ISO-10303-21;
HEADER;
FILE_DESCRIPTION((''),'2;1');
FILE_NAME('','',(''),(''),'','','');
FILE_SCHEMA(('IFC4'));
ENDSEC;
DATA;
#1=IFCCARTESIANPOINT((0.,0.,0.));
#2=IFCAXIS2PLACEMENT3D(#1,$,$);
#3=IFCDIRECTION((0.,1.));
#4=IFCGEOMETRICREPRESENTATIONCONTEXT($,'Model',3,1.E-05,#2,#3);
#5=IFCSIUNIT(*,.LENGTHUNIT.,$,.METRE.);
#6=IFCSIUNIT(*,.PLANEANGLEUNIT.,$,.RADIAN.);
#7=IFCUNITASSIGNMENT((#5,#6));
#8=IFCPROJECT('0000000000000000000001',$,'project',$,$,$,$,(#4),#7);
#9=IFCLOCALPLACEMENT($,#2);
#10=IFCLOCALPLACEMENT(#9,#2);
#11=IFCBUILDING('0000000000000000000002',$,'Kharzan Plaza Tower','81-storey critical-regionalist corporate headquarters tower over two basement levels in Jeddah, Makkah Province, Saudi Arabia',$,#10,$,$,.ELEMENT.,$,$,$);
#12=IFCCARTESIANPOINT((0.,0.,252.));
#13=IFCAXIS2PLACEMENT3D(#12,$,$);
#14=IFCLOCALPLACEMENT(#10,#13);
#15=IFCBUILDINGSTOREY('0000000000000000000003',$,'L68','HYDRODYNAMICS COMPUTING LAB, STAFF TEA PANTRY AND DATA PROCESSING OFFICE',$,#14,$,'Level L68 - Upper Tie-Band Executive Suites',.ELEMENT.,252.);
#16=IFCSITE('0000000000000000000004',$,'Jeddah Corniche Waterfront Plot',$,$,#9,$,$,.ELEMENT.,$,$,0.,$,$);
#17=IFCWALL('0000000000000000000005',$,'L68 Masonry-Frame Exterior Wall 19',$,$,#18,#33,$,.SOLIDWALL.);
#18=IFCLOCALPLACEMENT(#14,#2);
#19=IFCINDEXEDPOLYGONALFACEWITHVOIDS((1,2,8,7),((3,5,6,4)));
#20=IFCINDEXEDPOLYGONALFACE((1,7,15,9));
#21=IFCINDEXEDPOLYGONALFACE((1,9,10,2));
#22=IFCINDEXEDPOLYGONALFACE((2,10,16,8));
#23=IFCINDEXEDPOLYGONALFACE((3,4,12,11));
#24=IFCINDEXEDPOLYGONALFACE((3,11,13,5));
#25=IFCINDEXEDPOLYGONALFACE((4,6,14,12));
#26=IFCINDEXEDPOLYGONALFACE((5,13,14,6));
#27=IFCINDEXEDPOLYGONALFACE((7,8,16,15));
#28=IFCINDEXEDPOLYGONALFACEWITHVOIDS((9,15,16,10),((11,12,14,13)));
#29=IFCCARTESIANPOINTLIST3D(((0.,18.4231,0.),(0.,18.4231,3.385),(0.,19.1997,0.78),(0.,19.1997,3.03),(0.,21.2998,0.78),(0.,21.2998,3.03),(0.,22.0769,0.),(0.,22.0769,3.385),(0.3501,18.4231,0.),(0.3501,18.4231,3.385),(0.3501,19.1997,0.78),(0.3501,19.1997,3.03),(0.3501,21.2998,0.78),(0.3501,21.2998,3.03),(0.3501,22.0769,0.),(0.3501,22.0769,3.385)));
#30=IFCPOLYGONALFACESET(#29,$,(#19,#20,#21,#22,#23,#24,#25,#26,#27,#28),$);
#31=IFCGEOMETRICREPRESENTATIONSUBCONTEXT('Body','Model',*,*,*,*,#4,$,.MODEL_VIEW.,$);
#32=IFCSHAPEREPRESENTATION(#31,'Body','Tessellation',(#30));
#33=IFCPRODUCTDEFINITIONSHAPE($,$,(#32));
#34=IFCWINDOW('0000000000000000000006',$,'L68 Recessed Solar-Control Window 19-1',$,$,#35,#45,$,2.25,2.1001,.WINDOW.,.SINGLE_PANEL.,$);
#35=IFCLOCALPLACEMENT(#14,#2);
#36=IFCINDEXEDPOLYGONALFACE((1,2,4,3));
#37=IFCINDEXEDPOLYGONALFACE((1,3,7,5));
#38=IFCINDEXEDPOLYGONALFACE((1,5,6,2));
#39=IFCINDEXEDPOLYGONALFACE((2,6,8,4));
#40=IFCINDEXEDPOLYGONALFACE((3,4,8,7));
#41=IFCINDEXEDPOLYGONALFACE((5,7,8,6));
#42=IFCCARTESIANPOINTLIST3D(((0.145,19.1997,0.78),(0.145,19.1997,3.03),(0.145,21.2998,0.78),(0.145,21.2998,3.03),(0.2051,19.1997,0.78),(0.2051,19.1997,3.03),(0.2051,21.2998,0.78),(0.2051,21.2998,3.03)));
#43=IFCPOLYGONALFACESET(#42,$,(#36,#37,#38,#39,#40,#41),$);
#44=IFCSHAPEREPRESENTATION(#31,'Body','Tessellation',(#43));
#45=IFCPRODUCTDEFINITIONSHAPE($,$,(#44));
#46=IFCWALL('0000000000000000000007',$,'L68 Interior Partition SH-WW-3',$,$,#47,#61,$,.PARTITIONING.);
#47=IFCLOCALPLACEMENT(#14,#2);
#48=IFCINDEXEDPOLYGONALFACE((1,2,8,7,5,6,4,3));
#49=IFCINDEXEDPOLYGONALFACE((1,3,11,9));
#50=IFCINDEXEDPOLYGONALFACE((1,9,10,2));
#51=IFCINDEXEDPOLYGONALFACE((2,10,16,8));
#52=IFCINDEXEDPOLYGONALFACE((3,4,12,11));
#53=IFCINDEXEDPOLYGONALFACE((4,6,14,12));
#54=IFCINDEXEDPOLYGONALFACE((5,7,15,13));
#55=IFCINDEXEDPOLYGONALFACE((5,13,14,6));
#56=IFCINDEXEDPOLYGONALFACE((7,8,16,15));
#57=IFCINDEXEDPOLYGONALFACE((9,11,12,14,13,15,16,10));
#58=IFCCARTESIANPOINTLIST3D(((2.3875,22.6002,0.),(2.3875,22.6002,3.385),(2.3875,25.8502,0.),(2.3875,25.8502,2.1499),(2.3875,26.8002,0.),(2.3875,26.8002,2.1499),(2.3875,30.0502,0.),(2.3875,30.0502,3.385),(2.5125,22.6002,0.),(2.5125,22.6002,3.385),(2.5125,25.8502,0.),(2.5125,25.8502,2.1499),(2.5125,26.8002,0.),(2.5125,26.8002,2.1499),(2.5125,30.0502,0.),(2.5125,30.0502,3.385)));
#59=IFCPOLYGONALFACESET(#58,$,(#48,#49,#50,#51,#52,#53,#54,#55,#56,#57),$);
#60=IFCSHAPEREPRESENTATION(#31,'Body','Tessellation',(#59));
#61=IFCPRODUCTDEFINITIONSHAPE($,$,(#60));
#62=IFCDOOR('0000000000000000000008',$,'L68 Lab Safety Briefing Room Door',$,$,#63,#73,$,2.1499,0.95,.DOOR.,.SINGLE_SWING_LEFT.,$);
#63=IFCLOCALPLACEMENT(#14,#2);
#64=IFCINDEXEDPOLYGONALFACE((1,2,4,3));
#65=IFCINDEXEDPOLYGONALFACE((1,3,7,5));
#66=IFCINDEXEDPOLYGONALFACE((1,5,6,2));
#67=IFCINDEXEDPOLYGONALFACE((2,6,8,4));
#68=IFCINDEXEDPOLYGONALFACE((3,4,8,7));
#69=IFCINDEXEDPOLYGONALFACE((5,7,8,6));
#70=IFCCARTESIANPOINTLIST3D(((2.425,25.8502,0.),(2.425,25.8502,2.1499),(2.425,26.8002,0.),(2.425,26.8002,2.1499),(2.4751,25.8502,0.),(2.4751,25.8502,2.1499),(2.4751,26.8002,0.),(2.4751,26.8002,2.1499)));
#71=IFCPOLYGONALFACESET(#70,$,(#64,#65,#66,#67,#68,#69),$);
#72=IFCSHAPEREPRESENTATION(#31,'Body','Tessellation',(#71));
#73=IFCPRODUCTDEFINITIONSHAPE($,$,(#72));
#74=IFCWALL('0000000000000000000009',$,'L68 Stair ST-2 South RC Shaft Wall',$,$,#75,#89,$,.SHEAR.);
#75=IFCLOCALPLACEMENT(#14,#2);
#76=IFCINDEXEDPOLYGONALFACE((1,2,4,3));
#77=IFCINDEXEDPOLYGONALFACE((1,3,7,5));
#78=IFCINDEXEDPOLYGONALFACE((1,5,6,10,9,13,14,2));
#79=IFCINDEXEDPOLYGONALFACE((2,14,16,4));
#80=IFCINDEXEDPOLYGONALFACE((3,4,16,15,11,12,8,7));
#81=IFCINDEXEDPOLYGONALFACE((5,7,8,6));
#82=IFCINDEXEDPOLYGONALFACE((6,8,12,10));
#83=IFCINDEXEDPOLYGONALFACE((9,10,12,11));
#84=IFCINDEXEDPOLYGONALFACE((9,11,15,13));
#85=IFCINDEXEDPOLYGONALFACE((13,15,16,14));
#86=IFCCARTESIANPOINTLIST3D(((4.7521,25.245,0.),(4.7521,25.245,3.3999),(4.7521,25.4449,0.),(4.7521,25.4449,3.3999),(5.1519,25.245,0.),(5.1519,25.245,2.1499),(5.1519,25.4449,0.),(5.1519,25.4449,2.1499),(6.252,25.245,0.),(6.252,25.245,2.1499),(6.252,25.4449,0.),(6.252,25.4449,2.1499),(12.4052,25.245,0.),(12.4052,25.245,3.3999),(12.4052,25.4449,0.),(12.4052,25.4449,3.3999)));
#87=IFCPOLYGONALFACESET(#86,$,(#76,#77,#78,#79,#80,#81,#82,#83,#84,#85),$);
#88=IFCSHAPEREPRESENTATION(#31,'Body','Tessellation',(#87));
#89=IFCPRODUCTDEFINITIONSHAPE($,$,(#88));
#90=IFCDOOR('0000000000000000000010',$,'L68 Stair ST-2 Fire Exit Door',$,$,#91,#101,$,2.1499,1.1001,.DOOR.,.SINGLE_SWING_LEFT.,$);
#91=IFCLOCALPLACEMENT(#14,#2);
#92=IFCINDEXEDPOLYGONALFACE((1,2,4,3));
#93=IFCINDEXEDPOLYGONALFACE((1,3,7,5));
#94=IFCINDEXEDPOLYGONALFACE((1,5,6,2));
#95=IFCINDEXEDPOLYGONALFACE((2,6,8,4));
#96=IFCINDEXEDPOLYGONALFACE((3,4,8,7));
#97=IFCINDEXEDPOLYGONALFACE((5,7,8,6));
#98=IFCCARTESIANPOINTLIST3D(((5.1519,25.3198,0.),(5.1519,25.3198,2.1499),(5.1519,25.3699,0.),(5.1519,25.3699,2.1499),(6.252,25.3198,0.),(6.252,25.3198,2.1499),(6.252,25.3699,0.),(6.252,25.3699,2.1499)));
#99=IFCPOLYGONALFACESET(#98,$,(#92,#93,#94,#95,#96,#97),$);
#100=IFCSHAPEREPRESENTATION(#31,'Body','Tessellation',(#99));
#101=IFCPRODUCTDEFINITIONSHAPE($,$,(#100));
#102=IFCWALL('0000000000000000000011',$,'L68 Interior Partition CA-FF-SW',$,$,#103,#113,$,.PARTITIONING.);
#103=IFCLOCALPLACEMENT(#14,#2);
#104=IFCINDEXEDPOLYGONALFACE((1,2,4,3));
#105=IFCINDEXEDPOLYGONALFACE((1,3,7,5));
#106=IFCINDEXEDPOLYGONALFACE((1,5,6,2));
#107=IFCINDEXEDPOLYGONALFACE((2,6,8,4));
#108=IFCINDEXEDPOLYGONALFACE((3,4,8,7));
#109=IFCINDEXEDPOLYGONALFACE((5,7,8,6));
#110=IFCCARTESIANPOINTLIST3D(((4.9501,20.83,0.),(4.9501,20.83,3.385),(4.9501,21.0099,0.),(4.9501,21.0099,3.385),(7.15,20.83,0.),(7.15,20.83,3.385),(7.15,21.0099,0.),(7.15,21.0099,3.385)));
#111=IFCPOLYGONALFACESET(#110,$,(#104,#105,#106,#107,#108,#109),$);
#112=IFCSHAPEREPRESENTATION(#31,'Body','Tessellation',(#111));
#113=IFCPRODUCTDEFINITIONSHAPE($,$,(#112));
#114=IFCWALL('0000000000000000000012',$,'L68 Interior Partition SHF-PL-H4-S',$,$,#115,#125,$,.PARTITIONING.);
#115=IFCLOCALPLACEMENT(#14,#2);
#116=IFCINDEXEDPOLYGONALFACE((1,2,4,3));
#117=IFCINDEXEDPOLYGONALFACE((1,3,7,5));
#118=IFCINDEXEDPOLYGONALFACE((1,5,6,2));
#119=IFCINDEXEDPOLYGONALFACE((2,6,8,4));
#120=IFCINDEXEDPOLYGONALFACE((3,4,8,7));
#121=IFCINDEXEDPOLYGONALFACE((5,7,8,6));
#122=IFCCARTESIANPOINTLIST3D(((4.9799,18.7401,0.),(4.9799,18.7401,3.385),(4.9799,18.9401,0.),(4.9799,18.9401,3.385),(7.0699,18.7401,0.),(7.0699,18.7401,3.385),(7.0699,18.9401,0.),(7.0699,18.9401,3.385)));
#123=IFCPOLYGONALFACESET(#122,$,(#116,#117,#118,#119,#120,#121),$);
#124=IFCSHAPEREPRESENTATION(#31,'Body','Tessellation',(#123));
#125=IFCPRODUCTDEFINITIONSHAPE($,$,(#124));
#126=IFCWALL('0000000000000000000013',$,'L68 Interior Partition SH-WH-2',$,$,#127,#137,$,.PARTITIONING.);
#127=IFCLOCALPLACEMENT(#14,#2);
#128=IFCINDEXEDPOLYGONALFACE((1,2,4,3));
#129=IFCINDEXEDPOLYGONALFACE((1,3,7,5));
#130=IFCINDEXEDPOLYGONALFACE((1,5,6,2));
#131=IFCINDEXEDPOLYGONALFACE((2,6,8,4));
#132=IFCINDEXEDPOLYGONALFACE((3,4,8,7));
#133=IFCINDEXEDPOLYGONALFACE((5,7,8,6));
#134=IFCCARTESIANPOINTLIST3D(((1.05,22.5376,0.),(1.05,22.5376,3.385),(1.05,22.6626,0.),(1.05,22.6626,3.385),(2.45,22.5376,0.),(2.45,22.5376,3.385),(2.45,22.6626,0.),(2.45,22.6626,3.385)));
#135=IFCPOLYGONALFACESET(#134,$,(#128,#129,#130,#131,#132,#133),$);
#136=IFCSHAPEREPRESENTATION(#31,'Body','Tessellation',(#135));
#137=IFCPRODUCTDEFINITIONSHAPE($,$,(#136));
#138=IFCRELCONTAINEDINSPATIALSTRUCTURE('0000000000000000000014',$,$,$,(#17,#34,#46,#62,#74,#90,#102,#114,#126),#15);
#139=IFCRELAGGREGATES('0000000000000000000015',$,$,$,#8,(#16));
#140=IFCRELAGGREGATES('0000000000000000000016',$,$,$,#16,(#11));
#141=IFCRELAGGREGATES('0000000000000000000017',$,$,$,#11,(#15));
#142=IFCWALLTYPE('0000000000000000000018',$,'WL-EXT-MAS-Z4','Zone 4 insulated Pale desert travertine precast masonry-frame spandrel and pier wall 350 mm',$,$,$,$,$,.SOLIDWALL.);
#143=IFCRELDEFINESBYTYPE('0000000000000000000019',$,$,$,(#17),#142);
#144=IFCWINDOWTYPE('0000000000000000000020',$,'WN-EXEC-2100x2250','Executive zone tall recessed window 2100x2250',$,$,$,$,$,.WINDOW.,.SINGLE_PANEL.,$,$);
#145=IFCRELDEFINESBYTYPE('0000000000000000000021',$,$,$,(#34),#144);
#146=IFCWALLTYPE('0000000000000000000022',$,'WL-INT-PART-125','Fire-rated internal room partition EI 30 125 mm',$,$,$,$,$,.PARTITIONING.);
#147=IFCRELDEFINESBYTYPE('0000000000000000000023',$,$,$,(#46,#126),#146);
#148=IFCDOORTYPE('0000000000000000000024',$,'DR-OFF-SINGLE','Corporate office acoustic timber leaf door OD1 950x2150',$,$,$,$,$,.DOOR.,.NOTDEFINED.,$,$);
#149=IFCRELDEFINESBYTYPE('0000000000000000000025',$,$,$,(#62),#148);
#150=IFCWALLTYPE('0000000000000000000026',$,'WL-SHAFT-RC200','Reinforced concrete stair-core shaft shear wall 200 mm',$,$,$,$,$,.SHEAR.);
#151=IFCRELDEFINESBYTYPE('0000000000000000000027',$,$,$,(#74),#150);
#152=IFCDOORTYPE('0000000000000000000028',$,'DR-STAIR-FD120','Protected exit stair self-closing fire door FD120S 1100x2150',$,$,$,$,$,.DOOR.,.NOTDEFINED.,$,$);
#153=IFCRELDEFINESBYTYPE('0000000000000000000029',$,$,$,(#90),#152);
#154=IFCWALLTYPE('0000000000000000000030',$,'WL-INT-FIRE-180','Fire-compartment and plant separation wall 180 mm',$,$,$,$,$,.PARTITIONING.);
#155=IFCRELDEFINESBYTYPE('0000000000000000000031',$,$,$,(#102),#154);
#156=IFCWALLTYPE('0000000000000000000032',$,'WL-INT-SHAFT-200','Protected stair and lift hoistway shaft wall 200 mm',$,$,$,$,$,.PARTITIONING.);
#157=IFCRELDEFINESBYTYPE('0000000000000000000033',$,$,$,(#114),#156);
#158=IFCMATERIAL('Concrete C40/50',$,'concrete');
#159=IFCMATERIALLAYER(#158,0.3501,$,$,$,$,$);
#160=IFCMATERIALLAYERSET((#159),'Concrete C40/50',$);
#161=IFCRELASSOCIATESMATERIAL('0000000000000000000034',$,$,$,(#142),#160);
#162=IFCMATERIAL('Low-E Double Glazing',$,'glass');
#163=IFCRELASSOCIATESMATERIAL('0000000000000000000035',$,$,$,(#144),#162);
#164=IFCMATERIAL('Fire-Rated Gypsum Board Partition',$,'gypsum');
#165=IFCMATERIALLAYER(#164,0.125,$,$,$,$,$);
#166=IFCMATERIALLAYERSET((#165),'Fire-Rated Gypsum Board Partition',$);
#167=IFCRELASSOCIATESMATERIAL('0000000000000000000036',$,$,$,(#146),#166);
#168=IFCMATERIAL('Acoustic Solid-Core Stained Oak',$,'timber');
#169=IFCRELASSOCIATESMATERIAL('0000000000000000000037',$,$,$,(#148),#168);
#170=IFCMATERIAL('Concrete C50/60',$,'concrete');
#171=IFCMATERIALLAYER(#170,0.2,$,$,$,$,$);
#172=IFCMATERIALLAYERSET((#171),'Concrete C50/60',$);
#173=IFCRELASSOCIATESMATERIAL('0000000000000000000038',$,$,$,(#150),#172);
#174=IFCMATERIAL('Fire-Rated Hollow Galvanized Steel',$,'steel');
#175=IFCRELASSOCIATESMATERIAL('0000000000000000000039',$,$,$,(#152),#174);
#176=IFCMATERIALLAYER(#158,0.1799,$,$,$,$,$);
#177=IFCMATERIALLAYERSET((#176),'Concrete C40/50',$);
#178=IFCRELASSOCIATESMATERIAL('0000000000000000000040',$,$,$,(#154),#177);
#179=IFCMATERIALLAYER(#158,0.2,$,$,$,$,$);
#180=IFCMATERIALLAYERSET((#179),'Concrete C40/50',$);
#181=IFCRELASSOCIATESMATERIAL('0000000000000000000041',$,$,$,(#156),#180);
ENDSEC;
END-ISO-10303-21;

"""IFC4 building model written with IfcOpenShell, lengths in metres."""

from ifc_helpers import new_model, si_unit, direction, frame, frame_2d, origin, place, context, subcontext, project, spatial, rectangle, extrude, source, transform, mapped, material, layer, layer_set, type_object, element, fill, save


model = new_model("IFC4")

# Units and contexts
model_context = context("Model", 3, precision=1e-05, world=origin(), true_north=direction((0.0, 1.0)))
body_context = subcontext(model_context, "Body", "Model", "MODEL_VIEW")
ifc_project = project(units=[si_unit("LENGTHUNIT", "METRE"), si_unit("PLANEANGLEUNIT", "RADIAN")], contexts=[model_context])

# Site, building, storey
site_placement = place(None, origin())
site = spatial("IfcSite", under=ifc_project, at=site_placement, Name="Jeddah Corniche Waterfront Plot", CompositionType="ELEMENT", RefElevation=0.0)
building_placement = place(site_placement, origin())
building = spatial("IfcBuilding", under=site, at=building_placement, Name="Kharzan Plaza Tower", Description="81-storey critical-regionalist corporate headquarters tower over two basement levels in Jeddah, Makkah Province, Saudi Arabia", CompositionType="ELEMENT")
storey_placement = place(building_placement, frame((0.0, 0.0, 252.0)))
storey = spatial("IfcBuildingStorey", under=building, at=storey_placement, Name="L68", Description="HYDRODYNAMICS COMPUTING LAB, STAFF TEA PANTRY AND DATA PROCESSING OFFICE", LongName="Level L68 - Upper Tie-Band Executive Suites", CompositionType="ELEMENT", Elevation=252.0)

# Shared definitions
ifc_material_1 = material(Name="Concrete C50/60", Category="concrete")

# Wall, opening, window
ifc_material_2 = material(Name="Concrete C40/50", Category="concrete")
ifc_layer_1 = layer(ifc_material_2, 0.3501)
ifc_layer_set_1 = layer_set([ifc_layer_1], Name="Concrete C40/50")
wall_type_1 = type_object("IfcWallType", Name="WL-EXT-MAS-Z4", Description="Zone 4 insulated Pale desert travertine precast masonry-frame spandrel and pier wall 350 mm", PredefinedType="SOLIDWALL", material=ifc_layer_set_1)
ifc_material_3 = material(Name="Low-E Double Glazing", Category="glass")
window_type = type_object("IfcWindowType", Name="WN-EXEC-2100x2250", Description="Executive zone tall recessed window 2100x2250", PartitioningType="SINGLE_PANEL", PredefinedType="WINDOW", material=ifc_material_3)
shared_shape_1 = source(origin(), body_context, "Body", "SweptSolid", [
    extrude(rectangle(XDim=2.1001, YDim=2.25, at=frame_2d((1.05, 1.125))), frame((0.0, 0.03, 0.0), z_axis=(0.0, -1.0, 0.0), x_axis=(1.0, 0.0, 0.0)), (0.0, 0.0, 1.0), 0.0601),
])
wall_1_placement = place(storey_placement, frame((0.175, 22.0769, 0.0), z_axis=(0.0, 0.0, 1.0), x_axis=(0.0, -1.0, 0.0)))
wall_1 = element("IfcWall", 1, at=wall_1_placement, inside=storey, type_object=wall_type_1, Name="L68 Masonry-Frame Exterior Wall 19", PredefinedType="SOLIDWALL", context=body_context, shape_type="SweptSolid", body=[
    extrude(rectangle(XDim=3.6538, YDim=0.3501, at=frame_2d((1.8269, 0.0))), origin(), (0.0, 0.0, 1.0), 3.385),
])
opening_1_placement = place(wall_1_placement, frame((0.7771, 0.0, 0.78)))
opening_1 = element("IfcOpeningElement", 2, at=opening_1_placement, cuts=wall_1, PredefinedType="OPENING", context=body_context, shape_type="SweptSolid", body=[
    extrude(rectangle(XDim=2.1001, YDim=2.25, at=frame_2d((1.05, 1.125))), frame((0.0, 0.1851, 0.0), z_axis=(0.0, -1.0, 0.0), x_axis=(1.0, 0.0, 0.0)), (0.0, 0.0, 1.0), 0.3701),
])
window_1_placement = place(opening_1_placement, origin())
window_1 = element("IfcWindow", 3, at=window_1_placement, inside=storey, type_object=window_type, Name="L68 Recessed Solar-Control Window 19-1", OverallHeight=2.25, OverallWidth=2.1001, PartitioningType="SINGLE_PANEL", PredefinedType="WINDOW", context=body_context, shape_type="MappedRepresentation", body=[
    mapped(shared_shape_1, transform((0.0, 0.0, 0.0), x_axis=(1.0, 0.0, 0.0), y_axis=(0.0, 1.0, 0.0), z_axis=(0.0, 0.0, 1.0))),
])
fill(opening_1, window_1)

# Walls, openings, doors
ifc_material_4 = material(Name="Fire-Rated Gypsum Board Partition", Category="gypsum")
ifc_layer_2 = layer(ifc_material_4, 0.125)
ifc_layer_set_2 = layer_set([ifc_layer_2], Name="Fire-Rated Gypsum Board Partition")
wall_type_2 = type_object("IfcWallType", Name="WL-INT-PART-125", Description="Fire-rated internal room partition EI 30 125 mm", PredefinedType="PARTITIONING", material=ifc_layer_set_2)
wall_2_placement = place(storey_placement, frame((2.45, 22.6001, 0.0), z_axis=(0.0, 0.0, 1.0), x_axis=(0.0, 1.0, 0.0)))
wall_2 = element("IfcWall", 4, at=wall_2_placement, inside=storey, type_object=wall_type_2, Name="L68 Interior Partition SH-WW-3", PredefinedType="PARTITIONING", context=body_context, shape_type="SweptSolid", body=[
    extrude(rectangle(XDim=7.45, YDim=0.125, at=frame_2d((3.7251, 0.0))), origin(), (0.0, 0.0, 1.0), 3.385),
])
opening_2_placement = place(wall_2_placement, frame((3.25, 0.0, 0.0)))
opening_2 = element("IfcOpeningElement", 5, at=opening_2_placement, cuts=wall_2, PredefinedType="OPENING", context=body_context, shape_type="SweptSolid", body=[
    extrude(rectangle(XDim=0.95, YDim=2.1499, at=frame_2d((0.4751, 1.075))), frame((0.0, 0.0725, 0.0), z_axis=(0.0, -1.0, 0.0), x_axis=(1.0, 0.0, 0.0)), (0.0, 0.0, 1.0), 0.145),
])
ifc_material_5 = material(Name="Acoustic Solid-Core Stained Oak", Category="timber")
door_type_1 = type_object("IfcDoorType", Name="DR-OFF-SINGLE", Description="Corporate office acoustic timber leaf door OD1 950x2150", OperationType="NOTDEFINED", PredefinedType="DOOR", material=ifc_material_5)
shared_shape_2 = source(origin(), body_context, "Body", "SweptSolid", [
    extrude(rectangle(XDim=0.95, YDim=2.1499, at=frame_2d((0.4751, 1.075))), frame((0.0, 0.0249, 0.0), z_axis=(0.0, -1.0, 0.0), x_axis=(1.0, 0.0, 0.0)), (0.0, 0.0, 1.0), 0.05),
])
door_1_placement = place(opening_2_placement, origin())
door_1 = element("IfcDoor", 6, at=door_1_placement, inside=storey, type_object=door_type_1, Name="L68 Lab Safety Briefing Room Door", OperationType="SINGLE_SWING_LEFT", OverallHeight=2.1499, OverallWidth=0.95, PredefinedType="DOOR", context=body_context, shape_type="MappedRepresentation", body=[
    mapped(shared_shape_2, transform((0.0, 0.0, 0.0), x_axis=(1.0, 0.0, 0.0), y_axis=(0.0, 1.0, 0.0), z_axis=(0.0, 0.0, 1.0))),
])
fill(opening_2, door_1)
ifc_layer_3 = layer(ifc_material_1, 0.2)
ifc_layer_set_3 = layer_set([ifc_layer_3], Name="Concrete C50/60")
wall_type_3 = type_object("IfcWallType", Name="WL-SHAFT-RC200", Description="Reinforced concrete stair-core shaft shear wall 200 mm", PredefinedType="SHEAR", material=ifc_layer_set_3)
wall_3_placement = place(storey_placement, frame((4.752, 25.345, 0.0), z_axis=(0.0, 0.0, 1.0), x_axis=(1.0, 0.0, 0.0)))
wall_3 = element("IfcWall", 7, at=wall_3_placement, inside=storey, type_object=wall_type_3, Name="L68 Stair ST-2 South RC Shaft Wall", PredefinedType="SHEAR", context=body_context, shape_type="SweptSolid", body=[
    extrude(rectangle(XDim=7.6531, YDim=0.2, at=frame_2d((3.8267, 0.0))), origin(), (0.0, 0.0, 1.0), 3.3999),
])
opening_3_placement = place(wall_3_placement, frame((0.3999, 0.0, 0.0)))
opening_3 = element("IfcOpeningElement", 8, at=opening_3_placement, cuts=wall_3, PredefinedType="OPENING", context=body_context, shape_type="SweptSolid", body=[
    extrude(rectangle(XDim=1.1001, YDim=2.1499, at=frame_2d((0.55, 1.075))), frame((0.0, 0.1099, 0.0), z_axis=(0.0, -1.0, 0.0), x_axis=(1.0, 0.0, 0.0)), (0.0, 0.0, 1.0), 0.22),
])
ifc_material_6 = material(Name="Fire-Rated Hollow Galvanized Steel", Category="steel")
door_type_2 = type_object("IfcDoorType", Name="DR-STAIR-FD120", Description="Protected exit stair self-closing fire door FD120S 1100x2150", OperationType="NOTDEFINED", PredefinedType="DOOR", material=ifc_material_6)
shared_shape_3 = source(origin(), body_context, "Body", "SweptSolid", [
    extrude(rectangle(XDim=1.1001, YDim=2.1499, at=frame_2d((0.55, 1.075))), frame((0.0, 0.0249, 0.0), z_axis=(0.0, -1.0, 0.0), x_axis=(1.0, 0.0, 0.0)), (0.0, 0.0, 1.0), 0.05),
])
door_2_placement = place(opening_3_placement, origin())
door_2 = element("IfcDoor", 9, at=door_2_placement, inside=storey, type_object=door_type_2, Name="L68 Stair ST-2 Fire Exit Door", OperationType="SINGLE_SWING_LEFT", OverallHeight=2.1499, OverallWidth=1.1001, PredefinedType="DOOR", context=body_context, shape_type="MappedRepresentation", body=[
    mapped(shared_shape_3, transform((0.0, 0.0, 0.0), x_axis=(1.0, 0.0, 0.0), y_axis=(0.0, 1.0, 0.0), z_axis=(0.0, 0.0, 1.0))),
])
fill(opening_3, door_2)

# Walls
ifc_layer_4 = layer(ifc_material_2, 0.1799)
ifc_layer_set_4 = layer_set([ifc_layer_4], Name="Concrete C40/50")
wall_type_4 = type_object("IfcWallType", Name="WL-INT-FIRE-180", Description="Fire-compartment and plant separation wall 180 mm", PredefinedType="PARTITIONING", material=ifc_layer_set_4)
shared_shape_4 = source(origin(), body_context, "Body", "SweptSolid", [
    extrude(rectangle(XDim=2.2, YDim=0.1799, at=frame_2d((1.1001, 0.0))), origin(), (0.0, 0.0, 1.0), 3.385),
])
wall_4_placement = place(storey_placement, frame((4.95, 20.9199, 0.0), z_axis=(0.0, 0.0, 1.0), x_axis=(1.0, 0.0, 0.0)))
element("IfcWall", 10, at=wall_4_placement, inside=storey, type_object=wall_type_4, Name="L68 Interior Partition CA-FF-SW", PredefinedType="PARTITIONING", context=body_context, shape_type="MappedRepresentation", body=[
    mapped(shared_shape_4, transform((0.0, 0.0, 0.0), x_axis=(1.0, 0.0, 0.0), y_axis=(0.0, 1.0, 0.0), z_axis=(0.0, 0.0, 1.0))),
])
ifc_layer_5 = layer(ifc_material_2, 0.2)
ifc_layer_set_5 = layer_set([ifc_layer_5], Name="Concrete C40/50")
wall_type_5 = type_object("IfcWallType", Name="WL-INT-SHAFT-200", Description="Protected stair and lift hoistway shaft wall 200 mm", PredefinedType="PARTITIONING", material=ifc_layer_set_5)
shared_shape_5 = source(origin(), body_context, "Body", "SweptSolid", [
    extrude(rectangle(XDim=2.0901, YDim=0.2, at=frame_2d((1.0449, 0.0))), origin(), (0.0, 0.0, 1.0), 3.385),
])
wall_5_placement = place(storey_placement, frame((4.98, 18.8401, 0.0), z_axis=(0.0, 0.0, 1.0), x_axis=(1.0, 0.0, 0.0)))
element("IfcWall", 11, at=wall_5_placement, inside=storey, type_object=wall_type_5, Name="L68 Interior Partition SHF-PL-H4-S", PredefinedType="PARTITIONING", context=body_context, shape_type="MappedRepresentation", body=[
    mapped(shared_shape_5, transform((0.0, 0.0, 0.0), x_axis=(1.0, 0.0, 0.0), y_axis=(0.0, 1.0, 0.0), z_axis=(0.0, 0.0, 1.0))),
])
shared_shape_6 = source(origin(), body_context, "Body", "SweptSolid", [
    extrude(rectangle(XDim=1.3999, YDim=0.125, at=frame_2d((0.7, 0.0))), origin(), (0.0, 0.0, 1.0), 3.385),
])
wall_6_placement = place(storey_placement, frame((1.05, 22.6001, 0.0), z_axis=(0.0, 0.0, 1.0), x_axis=(1.0, 0.0, 0.0)))
element("IfcWall", 12, at=wall_6_placement, inside=storey, type_object=wall_type_2, Name="L68 Interior Partition SH-WH-2", PredefinedType="PARTITIONING", context=body_context, shape_type="MappedRepresentation", body=[
    mapped(shared_shape_6, transform((0.0, 0.0, 0.0), x_axis=(1.0, 0.0, 0.0), y_axis=(0.0, 1.0, 0.0), z_axis=(0.0, 0.0, 1.0))),
])

save(model, "model.ifc")
